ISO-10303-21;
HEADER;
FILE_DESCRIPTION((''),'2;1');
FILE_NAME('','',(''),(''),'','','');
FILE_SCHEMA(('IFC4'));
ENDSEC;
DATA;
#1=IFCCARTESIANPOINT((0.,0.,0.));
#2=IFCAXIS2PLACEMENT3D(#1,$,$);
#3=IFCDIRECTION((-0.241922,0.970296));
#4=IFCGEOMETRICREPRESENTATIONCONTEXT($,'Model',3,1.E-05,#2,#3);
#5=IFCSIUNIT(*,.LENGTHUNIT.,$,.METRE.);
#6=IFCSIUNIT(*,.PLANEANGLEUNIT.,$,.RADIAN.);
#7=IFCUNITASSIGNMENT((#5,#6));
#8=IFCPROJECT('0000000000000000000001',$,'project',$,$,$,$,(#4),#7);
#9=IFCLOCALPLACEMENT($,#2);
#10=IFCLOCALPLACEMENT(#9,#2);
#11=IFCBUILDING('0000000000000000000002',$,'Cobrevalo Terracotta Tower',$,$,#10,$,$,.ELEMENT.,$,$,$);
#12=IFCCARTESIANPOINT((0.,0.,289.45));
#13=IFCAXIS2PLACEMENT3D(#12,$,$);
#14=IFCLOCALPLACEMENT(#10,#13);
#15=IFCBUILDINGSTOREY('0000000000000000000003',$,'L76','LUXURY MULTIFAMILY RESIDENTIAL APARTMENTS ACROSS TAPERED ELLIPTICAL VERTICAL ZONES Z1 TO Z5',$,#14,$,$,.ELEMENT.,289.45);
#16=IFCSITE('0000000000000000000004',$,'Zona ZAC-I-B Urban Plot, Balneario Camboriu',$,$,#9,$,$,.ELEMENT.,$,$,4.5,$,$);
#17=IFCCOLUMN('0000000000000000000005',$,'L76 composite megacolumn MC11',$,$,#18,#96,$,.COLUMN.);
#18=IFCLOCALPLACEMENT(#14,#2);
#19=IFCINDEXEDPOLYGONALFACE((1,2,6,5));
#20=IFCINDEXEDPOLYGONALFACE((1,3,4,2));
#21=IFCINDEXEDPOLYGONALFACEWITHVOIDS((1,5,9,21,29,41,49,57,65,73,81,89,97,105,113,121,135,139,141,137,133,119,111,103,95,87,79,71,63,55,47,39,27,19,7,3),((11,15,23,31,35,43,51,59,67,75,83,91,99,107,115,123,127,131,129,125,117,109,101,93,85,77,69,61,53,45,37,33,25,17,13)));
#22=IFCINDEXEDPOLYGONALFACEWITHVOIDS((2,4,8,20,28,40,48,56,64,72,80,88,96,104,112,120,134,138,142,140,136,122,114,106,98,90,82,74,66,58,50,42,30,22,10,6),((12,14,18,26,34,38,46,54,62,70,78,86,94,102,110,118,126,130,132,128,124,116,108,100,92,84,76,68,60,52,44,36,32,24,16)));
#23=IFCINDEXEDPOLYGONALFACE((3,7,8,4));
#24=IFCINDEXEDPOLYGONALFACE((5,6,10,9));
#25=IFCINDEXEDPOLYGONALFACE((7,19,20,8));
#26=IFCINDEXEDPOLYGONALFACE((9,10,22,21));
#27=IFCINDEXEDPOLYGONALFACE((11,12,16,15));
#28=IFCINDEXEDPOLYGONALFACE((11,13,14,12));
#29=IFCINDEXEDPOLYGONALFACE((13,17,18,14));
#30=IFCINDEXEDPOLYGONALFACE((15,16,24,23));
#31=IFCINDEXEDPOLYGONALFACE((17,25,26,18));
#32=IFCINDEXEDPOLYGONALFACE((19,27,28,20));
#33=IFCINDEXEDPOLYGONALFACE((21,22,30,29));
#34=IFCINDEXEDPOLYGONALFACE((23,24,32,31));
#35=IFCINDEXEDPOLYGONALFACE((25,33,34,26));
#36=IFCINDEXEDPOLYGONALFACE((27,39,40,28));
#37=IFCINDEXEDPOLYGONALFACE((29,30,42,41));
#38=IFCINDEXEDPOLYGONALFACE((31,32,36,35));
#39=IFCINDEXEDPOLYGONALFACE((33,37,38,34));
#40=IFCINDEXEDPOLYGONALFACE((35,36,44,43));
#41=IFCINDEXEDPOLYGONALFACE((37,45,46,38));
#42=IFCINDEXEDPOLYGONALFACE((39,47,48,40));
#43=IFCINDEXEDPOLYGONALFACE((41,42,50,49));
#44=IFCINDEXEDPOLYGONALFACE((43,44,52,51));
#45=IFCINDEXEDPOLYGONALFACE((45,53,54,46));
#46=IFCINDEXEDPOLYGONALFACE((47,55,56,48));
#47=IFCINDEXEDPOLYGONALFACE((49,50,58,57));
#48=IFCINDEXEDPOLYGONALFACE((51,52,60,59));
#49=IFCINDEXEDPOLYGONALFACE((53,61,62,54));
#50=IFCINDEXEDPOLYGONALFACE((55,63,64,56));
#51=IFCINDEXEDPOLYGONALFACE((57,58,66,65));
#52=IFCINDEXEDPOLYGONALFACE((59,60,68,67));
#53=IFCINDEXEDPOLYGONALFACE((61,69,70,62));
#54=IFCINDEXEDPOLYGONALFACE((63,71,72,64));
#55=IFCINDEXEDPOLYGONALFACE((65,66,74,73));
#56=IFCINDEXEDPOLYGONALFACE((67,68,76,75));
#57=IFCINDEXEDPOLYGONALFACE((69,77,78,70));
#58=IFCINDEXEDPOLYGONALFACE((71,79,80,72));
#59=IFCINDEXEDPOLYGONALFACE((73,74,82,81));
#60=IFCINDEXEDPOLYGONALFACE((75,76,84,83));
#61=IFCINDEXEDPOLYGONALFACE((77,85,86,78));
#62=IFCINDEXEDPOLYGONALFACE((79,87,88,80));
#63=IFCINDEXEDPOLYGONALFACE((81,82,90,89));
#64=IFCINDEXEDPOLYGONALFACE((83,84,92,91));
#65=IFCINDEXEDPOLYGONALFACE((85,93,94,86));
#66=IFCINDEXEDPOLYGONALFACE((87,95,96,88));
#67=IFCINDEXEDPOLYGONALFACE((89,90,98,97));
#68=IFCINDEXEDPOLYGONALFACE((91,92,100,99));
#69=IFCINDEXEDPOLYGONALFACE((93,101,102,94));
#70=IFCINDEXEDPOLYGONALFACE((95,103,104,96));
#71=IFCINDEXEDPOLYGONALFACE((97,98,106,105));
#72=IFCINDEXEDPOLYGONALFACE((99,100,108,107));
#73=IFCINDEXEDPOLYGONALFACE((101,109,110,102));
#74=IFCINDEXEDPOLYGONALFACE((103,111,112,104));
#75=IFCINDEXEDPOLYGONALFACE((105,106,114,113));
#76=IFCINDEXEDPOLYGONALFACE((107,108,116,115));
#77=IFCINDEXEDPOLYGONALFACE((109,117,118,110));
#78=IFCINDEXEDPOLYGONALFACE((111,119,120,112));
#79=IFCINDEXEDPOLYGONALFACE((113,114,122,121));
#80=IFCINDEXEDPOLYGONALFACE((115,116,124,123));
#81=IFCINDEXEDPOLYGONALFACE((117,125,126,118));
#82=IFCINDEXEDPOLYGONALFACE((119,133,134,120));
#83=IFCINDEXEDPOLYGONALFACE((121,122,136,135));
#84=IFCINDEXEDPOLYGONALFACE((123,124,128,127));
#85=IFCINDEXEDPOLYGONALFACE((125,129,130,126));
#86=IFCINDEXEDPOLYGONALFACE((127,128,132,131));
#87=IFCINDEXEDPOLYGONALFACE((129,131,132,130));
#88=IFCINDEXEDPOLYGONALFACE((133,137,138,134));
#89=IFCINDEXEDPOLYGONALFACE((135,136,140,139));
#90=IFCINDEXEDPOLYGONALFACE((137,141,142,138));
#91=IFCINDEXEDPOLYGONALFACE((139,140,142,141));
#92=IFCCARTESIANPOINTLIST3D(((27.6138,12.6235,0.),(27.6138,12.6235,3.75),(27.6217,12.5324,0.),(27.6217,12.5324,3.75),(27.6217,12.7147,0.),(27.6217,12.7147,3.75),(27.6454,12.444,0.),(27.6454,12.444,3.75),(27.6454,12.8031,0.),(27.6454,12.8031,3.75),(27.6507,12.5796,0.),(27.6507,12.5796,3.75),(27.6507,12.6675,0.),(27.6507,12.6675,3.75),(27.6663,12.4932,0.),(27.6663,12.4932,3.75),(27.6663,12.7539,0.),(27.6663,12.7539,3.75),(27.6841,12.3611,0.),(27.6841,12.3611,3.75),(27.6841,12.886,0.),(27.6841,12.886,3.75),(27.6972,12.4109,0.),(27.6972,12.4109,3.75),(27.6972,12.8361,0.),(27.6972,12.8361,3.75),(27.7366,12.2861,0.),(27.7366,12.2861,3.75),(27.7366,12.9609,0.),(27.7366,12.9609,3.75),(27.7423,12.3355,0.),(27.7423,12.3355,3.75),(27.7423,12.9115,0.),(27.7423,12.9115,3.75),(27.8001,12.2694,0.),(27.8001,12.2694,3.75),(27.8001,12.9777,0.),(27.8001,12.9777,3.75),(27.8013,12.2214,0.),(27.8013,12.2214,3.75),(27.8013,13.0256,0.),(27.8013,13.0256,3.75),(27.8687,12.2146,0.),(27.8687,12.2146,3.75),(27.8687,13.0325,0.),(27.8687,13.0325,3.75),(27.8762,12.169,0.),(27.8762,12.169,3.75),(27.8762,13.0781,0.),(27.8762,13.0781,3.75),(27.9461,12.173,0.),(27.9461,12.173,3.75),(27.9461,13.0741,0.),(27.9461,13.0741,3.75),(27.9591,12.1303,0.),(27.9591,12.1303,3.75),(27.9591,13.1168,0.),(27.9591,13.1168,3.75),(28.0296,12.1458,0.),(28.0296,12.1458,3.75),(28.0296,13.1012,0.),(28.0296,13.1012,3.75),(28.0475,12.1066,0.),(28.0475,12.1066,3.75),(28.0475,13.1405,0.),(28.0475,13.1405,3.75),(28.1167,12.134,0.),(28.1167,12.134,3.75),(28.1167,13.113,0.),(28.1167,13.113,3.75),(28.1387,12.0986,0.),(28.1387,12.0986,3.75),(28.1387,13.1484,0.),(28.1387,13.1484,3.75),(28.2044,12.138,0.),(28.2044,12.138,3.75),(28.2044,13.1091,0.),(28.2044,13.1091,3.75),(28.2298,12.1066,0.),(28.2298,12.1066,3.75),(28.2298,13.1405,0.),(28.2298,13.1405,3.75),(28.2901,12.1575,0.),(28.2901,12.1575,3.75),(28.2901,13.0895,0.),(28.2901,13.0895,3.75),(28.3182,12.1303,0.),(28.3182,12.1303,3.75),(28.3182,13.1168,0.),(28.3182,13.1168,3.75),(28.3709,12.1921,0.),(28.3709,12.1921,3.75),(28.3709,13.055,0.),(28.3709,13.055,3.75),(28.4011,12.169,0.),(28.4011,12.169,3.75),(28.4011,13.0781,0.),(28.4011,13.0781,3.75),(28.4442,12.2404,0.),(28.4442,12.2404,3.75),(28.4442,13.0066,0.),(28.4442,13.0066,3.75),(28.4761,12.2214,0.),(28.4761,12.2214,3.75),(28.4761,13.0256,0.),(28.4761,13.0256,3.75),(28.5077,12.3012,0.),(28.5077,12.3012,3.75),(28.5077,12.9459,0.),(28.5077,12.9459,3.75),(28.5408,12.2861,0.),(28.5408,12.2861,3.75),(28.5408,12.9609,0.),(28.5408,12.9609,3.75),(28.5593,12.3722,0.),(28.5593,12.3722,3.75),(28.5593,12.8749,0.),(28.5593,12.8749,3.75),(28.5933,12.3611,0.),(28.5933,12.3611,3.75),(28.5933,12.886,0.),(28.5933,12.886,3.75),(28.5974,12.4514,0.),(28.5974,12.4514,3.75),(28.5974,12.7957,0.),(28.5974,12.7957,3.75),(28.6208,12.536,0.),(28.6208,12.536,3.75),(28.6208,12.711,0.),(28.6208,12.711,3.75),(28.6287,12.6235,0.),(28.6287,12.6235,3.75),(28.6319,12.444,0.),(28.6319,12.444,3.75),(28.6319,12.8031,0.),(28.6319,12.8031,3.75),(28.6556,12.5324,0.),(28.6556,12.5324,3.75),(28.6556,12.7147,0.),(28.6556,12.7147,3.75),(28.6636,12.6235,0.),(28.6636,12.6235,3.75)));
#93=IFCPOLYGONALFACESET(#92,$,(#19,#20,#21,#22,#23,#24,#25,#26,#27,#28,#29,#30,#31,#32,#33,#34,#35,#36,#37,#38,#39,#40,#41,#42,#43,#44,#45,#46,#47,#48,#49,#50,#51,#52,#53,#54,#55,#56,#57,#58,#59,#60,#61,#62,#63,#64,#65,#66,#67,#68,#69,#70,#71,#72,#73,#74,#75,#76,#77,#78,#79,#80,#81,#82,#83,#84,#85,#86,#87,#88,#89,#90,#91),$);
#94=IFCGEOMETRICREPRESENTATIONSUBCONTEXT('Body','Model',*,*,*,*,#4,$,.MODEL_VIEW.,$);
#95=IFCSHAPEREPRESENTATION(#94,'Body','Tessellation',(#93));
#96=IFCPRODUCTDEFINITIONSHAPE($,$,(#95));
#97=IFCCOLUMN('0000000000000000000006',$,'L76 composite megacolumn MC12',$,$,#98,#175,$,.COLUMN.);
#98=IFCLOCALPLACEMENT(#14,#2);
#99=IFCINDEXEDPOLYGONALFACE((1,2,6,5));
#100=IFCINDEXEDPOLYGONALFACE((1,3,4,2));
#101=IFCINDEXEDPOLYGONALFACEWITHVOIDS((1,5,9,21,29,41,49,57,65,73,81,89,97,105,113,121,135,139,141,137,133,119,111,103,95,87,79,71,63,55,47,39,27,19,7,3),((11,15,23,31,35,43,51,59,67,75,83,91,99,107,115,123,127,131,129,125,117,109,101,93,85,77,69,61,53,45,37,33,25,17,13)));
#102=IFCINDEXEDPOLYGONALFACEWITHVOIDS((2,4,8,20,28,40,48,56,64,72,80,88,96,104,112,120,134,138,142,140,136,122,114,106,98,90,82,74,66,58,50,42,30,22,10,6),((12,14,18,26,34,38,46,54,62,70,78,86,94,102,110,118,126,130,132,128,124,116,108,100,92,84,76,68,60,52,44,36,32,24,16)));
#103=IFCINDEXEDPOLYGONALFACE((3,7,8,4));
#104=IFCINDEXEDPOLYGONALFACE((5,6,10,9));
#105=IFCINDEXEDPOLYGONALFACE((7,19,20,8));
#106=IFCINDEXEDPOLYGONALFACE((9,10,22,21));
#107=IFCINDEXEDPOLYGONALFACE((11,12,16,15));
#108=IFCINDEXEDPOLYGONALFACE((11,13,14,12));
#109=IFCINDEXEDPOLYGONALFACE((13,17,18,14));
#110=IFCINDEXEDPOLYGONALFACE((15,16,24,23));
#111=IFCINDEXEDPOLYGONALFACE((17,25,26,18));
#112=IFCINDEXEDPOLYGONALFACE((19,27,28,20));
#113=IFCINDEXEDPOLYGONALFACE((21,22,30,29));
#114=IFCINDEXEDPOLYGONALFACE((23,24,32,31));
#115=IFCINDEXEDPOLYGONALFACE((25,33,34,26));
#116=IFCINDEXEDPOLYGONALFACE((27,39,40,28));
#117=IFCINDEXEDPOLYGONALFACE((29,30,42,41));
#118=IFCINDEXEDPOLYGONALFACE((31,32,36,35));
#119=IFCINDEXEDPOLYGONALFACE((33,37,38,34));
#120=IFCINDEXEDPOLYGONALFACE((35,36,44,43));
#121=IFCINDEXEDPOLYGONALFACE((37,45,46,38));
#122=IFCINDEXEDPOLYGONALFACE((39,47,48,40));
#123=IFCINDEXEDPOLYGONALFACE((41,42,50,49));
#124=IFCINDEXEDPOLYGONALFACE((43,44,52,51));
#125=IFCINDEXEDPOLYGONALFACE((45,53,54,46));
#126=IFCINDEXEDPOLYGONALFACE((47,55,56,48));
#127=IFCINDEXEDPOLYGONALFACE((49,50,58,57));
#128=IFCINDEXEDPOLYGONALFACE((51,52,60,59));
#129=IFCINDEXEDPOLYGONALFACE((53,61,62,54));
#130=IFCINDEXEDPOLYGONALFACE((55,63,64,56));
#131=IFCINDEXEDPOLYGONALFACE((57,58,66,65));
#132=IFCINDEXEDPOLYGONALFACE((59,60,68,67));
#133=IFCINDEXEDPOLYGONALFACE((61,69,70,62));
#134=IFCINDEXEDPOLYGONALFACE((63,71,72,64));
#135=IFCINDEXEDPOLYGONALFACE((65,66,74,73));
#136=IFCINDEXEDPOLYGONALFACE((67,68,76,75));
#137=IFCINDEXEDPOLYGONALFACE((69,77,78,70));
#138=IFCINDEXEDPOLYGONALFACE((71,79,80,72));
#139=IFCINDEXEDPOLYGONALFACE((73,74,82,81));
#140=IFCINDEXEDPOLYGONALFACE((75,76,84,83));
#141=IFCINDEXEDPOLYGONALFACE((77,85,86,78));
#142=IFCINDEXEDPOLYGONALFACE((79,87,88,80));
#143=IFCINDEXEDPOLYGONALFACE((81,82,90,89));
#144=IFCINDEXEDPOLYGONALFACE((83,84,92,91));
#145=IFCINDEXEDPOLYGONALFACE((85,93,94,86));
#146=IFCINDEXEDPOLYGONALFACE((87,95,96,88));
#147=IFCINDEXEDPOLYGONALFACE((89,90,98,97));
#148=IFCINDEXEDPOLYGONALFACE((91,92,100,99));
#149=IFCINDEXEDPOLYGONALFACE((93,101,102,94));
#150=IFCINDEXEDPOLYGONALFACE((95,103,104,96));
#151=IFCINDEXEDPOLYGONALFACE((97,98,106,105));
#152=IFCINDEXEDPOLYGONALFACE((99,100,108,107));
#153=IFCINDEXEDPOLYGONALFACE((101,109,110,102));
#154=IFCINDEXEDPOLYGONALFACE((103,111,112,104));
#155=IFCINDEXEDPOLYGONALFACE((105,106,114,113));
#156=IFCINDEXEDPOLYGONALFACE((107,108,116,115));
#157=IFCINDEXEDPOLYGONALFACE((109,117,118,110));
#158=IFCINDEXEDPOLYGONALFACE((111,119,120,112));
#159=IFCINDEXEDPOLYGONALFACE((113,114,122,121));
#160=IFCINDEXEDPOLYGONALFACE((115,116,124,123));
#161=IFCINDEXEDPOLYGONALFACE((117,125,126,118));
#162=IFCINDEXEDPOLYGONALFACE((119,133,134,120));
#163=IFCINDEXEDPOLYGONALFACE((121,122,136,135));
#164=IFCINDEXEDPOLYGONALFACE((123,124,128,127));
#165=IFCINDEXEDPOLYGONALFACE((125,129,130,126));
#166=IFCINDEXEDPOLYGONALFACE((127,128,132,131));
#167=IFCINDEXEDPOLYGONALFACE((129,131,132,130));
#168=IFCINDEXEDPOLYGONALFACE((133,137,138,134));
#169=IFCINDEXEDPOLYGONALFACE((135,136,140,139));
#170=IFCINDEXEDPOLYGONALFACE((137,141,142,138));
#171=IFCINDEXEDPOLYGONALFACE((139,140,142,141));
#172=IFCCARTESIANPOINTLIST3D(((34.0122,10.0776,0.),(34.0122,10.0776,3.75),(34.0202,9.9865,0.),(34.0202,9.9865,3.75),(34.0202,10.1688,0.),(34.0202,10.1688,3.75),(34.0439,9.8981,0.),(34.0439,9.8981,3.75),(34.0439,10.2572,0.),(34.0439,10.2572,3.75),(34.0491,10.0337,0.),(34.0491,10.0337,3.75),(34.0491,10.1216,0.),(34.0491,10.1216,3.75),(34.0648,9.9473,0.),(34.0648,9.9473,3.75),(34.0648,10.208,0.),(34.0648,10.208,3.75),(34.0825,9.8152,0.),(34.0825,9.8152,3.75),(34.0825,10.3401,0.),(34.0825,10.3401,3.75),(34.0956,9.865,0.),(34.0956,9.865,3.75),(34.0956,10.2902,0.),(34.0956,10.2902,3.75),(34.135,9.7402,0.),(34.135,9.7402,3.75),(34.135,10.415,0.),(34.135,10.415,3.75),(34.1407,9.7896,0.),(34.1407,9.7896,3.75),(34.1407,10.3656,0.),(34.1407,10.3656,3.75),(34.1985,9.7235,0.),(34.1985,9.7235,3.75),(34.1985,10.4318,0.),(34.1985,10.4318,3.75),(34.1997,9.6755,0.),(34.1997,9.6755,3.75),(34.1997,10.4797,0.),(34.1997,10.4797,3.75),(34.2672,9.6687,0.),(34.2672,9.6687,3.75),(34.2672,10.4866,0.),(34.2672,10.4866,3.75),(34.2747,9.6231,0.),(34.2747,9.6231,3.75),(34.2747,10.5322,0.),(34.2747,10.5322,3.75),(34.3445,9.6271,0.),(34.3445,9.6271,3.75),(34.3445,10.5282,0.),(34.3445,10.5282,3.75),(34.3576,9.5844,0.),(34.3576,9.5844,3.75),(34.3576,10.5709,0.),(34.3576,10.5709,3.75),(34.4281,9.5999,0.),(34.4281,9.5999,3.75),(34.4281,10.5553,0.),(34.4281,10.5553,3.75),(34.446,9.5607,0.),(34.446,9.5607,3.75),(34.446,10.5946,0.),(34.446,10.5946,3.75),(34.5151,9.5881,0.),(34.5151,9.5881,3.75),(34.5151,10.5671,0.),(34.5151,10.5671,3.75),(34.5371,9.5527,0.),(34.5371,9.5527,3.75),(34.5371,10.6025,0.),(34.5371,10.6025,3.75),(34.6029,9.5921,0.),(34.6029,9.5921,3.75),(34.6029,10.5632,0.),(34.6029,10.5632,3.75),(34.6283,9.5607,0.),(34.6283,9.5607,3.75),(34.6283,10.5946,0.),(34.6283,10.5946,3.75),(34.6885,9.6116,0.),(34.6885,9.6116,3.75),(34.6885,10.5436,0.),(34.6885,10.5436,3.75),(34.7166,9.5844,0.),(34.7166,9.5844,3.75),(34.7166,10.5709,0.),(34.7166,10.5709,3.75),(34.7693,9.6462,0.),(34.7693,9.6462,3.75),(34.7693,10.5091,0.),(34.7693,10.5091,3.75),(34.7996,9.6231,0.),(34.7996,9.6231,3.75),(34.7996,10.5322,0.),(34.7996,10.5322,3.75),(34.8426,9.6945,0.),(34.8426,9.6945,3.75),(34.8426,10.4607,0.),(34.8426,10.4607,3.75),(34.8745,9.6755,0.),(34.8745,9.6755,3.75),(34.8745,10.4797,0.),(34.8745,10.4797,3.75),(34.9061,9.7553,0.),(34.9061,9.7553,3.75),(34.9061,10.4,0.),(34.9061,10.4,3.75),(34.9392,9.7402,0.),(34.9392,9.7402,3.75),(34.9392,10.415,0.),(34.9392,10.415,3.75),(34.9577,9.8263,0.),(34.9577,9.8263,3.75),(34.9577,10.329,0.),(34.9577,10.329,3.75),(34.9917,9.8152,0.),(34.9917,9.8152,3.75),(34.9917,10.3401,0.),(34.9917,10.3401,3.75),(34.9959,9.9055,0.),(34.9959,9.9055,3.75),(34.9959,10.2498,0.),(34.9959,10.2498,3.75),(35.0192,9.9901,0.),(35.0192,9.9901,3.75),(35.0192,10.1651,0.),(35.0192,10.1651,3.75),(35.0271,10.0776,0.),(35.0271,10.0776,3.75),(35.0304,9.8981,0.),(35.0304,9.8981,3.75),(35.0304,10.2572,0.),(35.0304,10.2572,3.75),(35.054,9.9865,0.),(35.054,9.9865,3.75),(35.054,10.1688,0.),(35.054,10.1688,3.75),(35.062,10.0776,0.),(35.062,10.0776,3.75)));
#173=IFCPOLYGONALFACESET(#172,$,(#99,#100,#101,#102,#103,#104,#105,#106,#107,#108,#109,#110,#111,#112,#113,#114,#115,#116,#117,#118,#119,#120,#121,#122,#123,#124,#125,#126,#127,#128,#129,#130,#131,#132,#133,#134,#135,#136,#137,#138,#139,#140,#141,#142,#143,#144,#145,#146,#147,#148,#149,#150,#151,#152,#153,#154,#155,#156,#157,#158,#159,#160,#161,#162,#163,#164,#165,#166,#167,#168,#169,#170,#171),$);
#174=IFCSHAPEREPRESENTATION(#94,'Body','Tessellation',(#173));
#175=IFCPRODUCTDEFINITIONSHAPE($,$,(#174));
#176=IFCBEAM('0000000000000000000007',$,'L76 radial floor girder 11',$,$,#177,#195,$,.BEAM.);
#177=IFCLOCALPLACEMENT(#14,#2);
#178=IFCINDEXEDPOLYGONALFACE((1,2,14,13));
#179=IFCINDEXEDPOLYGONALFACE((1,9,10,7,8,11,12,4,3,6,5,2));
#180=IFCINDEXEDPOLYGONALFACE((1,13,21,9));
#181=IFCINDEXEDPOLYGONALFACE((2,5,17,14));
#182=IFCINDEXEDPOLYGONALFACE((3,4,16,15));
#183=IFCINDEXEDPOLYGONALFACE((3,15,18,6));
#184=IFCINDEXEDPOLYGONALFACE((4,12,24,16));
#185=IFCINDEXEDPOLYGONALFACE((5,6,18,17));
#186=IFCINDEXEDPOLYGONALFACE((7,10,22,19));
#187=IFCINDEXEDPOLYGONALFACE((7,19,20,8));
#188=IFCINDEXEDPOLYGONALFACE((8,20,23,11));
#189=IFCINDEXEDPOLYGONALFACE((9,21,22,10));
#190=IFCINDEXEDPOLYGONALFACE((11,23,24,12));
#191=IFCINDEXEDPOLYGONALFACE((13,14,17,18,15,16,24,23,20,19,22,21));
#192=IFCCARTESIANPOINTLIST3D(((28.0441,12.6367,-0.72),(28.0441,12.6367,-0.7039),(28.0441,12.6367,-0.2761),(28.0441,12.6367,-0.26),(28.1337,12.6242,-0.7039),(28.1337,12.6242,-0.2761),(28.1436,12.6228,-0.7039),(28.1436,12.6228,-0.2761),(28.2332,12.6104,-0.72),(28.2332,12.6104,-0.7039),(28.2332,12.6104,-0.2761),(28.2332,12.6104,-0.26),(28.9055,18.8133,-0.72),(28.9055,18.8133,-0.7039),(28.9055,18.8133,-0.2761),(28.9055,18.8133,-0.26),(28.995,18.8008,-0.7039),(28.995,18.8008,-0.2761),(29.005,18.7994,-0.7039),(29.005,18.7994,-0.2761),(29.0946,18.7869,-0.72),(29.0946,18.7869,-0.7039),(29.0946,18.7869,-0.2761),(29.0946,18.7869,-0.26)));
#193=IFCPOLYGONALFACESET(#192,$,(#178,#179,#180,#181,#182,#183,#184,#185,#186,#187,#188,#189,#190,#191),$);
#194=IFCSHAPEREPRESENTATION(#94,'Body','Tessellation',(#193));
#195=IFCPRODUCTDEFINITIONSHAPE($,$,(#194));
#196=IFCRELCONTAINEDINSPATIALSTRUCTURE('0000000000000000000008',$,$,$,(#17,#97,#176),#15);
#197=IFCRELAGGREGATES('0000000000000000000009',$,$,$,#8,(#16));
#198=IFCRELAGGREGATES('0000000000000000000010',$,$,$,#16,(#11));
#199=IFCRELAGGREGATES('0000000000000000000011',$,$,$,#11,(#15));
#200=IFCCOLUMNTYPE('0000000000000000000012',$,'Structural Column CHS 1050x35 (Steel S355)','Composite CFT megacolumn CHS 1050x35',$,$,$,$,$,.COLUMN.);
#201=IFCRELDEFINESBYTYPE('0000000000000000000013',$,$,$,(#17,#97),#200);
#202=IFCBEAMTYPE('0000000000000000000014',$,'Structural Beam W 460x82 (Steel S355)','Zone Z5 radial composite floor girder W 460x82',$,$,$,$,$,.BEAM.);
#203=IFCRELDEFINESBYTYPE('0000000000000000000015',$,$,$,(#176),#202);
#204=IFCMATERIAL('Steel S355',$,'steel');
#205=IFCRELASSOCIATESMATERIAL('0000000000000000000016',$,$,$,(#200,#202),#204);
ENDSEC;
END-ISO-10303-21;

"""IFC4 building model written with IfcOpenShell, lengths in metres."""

from ifc_helpers import new_model, si_unit, direction, frame, origin, origin_2d, place, context, subcontext, project, spatial, hollow_circle, i_section, extrude, material, material_profile, profile_set, type_object, element, save


model = new_model("IFC4")

# Units and contexts
model_context = context("Model", 3, precision=1e-05, world=origin(), true_north=direction((-0.241922, 0.970296)))
body_context = subcontext(model_context, "Body", "Model", "MODEL_VIEW")
ifc_project = project(units=[si_unit("LENGTHUNIT", "METRE"), si_unit("PLANEANGLEUNIT", "RADIAN")], contexts=[model_context])

# Site, building, storey
site_placement = place(None, origin())
site = spatial("IfcSite", under=ifc_project, at=site_placement, Name="Zona ZAC-I-B Urban Plot, Balneario Camboriu", CompositionType="ELEMENT", RefElevation=4.5)
building_placement = place(site_placement, origin())
building = spatial("IfcBuilding", under=site, at=building_placement, Name="Cobrevalo Terracotta Tower", CompositionType="ELEMENT")
storey_placement = place(building_placement, frame((0.0, 0.0, 289.45)))
storey = spatial("IfcBuildingStorey", under=building, at=storey_placement, Name="L76", Description="LUXURY MULTIFAMILY RESIDENTIAL APARTMENTS ACROSS TAPERED ELLIPTICAL VERTICAL ZONES Z1 TO Z5", CompositionType="ELEMENT", Elevation=289.45)

# Columns
ifc_material_1 = material(Name="Steel S355", Category="steel")
ifc_material_profile_1 = material_profile(ifc_material_1, hollow_circle(Radius=0.5249, WallThickness=0.0349, at=origin_2d()), Name="CHS 1050x35")
ifc_profile_set_1 = profile_set([ifc_material_profile_1], Name="Steel S355")
column_type = type_object("IfcColumnType", Name="Structural Column CHS 1050x35 (Steel S355)", Description="Composite CFT megacolumn CHS 1050x35", PredefinedType="COLUMN", material=ifc_profile_set_1)
for number, where, z_axis, x_axis, name in (
    (1, (28.1387, 12.6235, 0.0), (0.0, 0.0, 1.0), (1.0, 0.0, 0.0), "L76 composite megacolumn MC11"),
    (2, (34.5371, 10.0776, 0.0), (0.0, 0.0, 1.0), (1.0, 0.0, 0.0), "L76 composite megacolumn MC12"),
):
    element("IfcColumn", number, at=place(storey_placement, frame(where, z_axis=z_axis, x_axis=x_axis)), inside=storey, type_object=column_type, Name=name, PredefinedType="COLUMN", context=body_context, shape_type="SweptSolid", body=[
        extrude(hollow_circle(Radius=0.5249, WallThickness=0.0349, at=origin_2d()), origin(), (0.0, 0.0, 1.0), 3.75),
    ])

# Beam
ifc_material_profile_2 = material_profile(ifc_material_1, i_section(OverallWidth=0.1909, OverallDepth=0.46, WebThickness=0.01, FlangeThickness=0.0161, at=origin_2d()), Name="W 460x82")
ifc_profile_set_2 = profile_set([ifc_material_profile_2], Name="Steel S355")
beam_type_1 = type_object("IfcBeamType", Name="Structural Beam W 460x82 (Steel S355)", Description="Zone Z5 radial composite floor girder W 460x82", PredefinedType="BEAM", material=ifc_profile_set_2)
beam_1_placement = place(storey_placement, frame((28.1387, 12.6235, -0.49), z_axis=(0.138116, 0.990416, 0.0), x_axis=(-0.990416, 0.138116, 0.0)))
element("IfcBeam", 3, at=beam_1_placement, inside=storey, type_object=beam_type_1, Name="L76 radial floor girder 11", PredefinedType="BEAM", context=body_context, shape_type="SweptSolid", body=[
    extrude(i_section(OverallWidth=0.1909, OverallDepth=0.46, WebThickness=0.01, FlangeThickness=0.0161, at=origin_2d()), origin(), (0.0, 0.0, 1.0), 6.2363),
])

save(model, "model.ifc")
